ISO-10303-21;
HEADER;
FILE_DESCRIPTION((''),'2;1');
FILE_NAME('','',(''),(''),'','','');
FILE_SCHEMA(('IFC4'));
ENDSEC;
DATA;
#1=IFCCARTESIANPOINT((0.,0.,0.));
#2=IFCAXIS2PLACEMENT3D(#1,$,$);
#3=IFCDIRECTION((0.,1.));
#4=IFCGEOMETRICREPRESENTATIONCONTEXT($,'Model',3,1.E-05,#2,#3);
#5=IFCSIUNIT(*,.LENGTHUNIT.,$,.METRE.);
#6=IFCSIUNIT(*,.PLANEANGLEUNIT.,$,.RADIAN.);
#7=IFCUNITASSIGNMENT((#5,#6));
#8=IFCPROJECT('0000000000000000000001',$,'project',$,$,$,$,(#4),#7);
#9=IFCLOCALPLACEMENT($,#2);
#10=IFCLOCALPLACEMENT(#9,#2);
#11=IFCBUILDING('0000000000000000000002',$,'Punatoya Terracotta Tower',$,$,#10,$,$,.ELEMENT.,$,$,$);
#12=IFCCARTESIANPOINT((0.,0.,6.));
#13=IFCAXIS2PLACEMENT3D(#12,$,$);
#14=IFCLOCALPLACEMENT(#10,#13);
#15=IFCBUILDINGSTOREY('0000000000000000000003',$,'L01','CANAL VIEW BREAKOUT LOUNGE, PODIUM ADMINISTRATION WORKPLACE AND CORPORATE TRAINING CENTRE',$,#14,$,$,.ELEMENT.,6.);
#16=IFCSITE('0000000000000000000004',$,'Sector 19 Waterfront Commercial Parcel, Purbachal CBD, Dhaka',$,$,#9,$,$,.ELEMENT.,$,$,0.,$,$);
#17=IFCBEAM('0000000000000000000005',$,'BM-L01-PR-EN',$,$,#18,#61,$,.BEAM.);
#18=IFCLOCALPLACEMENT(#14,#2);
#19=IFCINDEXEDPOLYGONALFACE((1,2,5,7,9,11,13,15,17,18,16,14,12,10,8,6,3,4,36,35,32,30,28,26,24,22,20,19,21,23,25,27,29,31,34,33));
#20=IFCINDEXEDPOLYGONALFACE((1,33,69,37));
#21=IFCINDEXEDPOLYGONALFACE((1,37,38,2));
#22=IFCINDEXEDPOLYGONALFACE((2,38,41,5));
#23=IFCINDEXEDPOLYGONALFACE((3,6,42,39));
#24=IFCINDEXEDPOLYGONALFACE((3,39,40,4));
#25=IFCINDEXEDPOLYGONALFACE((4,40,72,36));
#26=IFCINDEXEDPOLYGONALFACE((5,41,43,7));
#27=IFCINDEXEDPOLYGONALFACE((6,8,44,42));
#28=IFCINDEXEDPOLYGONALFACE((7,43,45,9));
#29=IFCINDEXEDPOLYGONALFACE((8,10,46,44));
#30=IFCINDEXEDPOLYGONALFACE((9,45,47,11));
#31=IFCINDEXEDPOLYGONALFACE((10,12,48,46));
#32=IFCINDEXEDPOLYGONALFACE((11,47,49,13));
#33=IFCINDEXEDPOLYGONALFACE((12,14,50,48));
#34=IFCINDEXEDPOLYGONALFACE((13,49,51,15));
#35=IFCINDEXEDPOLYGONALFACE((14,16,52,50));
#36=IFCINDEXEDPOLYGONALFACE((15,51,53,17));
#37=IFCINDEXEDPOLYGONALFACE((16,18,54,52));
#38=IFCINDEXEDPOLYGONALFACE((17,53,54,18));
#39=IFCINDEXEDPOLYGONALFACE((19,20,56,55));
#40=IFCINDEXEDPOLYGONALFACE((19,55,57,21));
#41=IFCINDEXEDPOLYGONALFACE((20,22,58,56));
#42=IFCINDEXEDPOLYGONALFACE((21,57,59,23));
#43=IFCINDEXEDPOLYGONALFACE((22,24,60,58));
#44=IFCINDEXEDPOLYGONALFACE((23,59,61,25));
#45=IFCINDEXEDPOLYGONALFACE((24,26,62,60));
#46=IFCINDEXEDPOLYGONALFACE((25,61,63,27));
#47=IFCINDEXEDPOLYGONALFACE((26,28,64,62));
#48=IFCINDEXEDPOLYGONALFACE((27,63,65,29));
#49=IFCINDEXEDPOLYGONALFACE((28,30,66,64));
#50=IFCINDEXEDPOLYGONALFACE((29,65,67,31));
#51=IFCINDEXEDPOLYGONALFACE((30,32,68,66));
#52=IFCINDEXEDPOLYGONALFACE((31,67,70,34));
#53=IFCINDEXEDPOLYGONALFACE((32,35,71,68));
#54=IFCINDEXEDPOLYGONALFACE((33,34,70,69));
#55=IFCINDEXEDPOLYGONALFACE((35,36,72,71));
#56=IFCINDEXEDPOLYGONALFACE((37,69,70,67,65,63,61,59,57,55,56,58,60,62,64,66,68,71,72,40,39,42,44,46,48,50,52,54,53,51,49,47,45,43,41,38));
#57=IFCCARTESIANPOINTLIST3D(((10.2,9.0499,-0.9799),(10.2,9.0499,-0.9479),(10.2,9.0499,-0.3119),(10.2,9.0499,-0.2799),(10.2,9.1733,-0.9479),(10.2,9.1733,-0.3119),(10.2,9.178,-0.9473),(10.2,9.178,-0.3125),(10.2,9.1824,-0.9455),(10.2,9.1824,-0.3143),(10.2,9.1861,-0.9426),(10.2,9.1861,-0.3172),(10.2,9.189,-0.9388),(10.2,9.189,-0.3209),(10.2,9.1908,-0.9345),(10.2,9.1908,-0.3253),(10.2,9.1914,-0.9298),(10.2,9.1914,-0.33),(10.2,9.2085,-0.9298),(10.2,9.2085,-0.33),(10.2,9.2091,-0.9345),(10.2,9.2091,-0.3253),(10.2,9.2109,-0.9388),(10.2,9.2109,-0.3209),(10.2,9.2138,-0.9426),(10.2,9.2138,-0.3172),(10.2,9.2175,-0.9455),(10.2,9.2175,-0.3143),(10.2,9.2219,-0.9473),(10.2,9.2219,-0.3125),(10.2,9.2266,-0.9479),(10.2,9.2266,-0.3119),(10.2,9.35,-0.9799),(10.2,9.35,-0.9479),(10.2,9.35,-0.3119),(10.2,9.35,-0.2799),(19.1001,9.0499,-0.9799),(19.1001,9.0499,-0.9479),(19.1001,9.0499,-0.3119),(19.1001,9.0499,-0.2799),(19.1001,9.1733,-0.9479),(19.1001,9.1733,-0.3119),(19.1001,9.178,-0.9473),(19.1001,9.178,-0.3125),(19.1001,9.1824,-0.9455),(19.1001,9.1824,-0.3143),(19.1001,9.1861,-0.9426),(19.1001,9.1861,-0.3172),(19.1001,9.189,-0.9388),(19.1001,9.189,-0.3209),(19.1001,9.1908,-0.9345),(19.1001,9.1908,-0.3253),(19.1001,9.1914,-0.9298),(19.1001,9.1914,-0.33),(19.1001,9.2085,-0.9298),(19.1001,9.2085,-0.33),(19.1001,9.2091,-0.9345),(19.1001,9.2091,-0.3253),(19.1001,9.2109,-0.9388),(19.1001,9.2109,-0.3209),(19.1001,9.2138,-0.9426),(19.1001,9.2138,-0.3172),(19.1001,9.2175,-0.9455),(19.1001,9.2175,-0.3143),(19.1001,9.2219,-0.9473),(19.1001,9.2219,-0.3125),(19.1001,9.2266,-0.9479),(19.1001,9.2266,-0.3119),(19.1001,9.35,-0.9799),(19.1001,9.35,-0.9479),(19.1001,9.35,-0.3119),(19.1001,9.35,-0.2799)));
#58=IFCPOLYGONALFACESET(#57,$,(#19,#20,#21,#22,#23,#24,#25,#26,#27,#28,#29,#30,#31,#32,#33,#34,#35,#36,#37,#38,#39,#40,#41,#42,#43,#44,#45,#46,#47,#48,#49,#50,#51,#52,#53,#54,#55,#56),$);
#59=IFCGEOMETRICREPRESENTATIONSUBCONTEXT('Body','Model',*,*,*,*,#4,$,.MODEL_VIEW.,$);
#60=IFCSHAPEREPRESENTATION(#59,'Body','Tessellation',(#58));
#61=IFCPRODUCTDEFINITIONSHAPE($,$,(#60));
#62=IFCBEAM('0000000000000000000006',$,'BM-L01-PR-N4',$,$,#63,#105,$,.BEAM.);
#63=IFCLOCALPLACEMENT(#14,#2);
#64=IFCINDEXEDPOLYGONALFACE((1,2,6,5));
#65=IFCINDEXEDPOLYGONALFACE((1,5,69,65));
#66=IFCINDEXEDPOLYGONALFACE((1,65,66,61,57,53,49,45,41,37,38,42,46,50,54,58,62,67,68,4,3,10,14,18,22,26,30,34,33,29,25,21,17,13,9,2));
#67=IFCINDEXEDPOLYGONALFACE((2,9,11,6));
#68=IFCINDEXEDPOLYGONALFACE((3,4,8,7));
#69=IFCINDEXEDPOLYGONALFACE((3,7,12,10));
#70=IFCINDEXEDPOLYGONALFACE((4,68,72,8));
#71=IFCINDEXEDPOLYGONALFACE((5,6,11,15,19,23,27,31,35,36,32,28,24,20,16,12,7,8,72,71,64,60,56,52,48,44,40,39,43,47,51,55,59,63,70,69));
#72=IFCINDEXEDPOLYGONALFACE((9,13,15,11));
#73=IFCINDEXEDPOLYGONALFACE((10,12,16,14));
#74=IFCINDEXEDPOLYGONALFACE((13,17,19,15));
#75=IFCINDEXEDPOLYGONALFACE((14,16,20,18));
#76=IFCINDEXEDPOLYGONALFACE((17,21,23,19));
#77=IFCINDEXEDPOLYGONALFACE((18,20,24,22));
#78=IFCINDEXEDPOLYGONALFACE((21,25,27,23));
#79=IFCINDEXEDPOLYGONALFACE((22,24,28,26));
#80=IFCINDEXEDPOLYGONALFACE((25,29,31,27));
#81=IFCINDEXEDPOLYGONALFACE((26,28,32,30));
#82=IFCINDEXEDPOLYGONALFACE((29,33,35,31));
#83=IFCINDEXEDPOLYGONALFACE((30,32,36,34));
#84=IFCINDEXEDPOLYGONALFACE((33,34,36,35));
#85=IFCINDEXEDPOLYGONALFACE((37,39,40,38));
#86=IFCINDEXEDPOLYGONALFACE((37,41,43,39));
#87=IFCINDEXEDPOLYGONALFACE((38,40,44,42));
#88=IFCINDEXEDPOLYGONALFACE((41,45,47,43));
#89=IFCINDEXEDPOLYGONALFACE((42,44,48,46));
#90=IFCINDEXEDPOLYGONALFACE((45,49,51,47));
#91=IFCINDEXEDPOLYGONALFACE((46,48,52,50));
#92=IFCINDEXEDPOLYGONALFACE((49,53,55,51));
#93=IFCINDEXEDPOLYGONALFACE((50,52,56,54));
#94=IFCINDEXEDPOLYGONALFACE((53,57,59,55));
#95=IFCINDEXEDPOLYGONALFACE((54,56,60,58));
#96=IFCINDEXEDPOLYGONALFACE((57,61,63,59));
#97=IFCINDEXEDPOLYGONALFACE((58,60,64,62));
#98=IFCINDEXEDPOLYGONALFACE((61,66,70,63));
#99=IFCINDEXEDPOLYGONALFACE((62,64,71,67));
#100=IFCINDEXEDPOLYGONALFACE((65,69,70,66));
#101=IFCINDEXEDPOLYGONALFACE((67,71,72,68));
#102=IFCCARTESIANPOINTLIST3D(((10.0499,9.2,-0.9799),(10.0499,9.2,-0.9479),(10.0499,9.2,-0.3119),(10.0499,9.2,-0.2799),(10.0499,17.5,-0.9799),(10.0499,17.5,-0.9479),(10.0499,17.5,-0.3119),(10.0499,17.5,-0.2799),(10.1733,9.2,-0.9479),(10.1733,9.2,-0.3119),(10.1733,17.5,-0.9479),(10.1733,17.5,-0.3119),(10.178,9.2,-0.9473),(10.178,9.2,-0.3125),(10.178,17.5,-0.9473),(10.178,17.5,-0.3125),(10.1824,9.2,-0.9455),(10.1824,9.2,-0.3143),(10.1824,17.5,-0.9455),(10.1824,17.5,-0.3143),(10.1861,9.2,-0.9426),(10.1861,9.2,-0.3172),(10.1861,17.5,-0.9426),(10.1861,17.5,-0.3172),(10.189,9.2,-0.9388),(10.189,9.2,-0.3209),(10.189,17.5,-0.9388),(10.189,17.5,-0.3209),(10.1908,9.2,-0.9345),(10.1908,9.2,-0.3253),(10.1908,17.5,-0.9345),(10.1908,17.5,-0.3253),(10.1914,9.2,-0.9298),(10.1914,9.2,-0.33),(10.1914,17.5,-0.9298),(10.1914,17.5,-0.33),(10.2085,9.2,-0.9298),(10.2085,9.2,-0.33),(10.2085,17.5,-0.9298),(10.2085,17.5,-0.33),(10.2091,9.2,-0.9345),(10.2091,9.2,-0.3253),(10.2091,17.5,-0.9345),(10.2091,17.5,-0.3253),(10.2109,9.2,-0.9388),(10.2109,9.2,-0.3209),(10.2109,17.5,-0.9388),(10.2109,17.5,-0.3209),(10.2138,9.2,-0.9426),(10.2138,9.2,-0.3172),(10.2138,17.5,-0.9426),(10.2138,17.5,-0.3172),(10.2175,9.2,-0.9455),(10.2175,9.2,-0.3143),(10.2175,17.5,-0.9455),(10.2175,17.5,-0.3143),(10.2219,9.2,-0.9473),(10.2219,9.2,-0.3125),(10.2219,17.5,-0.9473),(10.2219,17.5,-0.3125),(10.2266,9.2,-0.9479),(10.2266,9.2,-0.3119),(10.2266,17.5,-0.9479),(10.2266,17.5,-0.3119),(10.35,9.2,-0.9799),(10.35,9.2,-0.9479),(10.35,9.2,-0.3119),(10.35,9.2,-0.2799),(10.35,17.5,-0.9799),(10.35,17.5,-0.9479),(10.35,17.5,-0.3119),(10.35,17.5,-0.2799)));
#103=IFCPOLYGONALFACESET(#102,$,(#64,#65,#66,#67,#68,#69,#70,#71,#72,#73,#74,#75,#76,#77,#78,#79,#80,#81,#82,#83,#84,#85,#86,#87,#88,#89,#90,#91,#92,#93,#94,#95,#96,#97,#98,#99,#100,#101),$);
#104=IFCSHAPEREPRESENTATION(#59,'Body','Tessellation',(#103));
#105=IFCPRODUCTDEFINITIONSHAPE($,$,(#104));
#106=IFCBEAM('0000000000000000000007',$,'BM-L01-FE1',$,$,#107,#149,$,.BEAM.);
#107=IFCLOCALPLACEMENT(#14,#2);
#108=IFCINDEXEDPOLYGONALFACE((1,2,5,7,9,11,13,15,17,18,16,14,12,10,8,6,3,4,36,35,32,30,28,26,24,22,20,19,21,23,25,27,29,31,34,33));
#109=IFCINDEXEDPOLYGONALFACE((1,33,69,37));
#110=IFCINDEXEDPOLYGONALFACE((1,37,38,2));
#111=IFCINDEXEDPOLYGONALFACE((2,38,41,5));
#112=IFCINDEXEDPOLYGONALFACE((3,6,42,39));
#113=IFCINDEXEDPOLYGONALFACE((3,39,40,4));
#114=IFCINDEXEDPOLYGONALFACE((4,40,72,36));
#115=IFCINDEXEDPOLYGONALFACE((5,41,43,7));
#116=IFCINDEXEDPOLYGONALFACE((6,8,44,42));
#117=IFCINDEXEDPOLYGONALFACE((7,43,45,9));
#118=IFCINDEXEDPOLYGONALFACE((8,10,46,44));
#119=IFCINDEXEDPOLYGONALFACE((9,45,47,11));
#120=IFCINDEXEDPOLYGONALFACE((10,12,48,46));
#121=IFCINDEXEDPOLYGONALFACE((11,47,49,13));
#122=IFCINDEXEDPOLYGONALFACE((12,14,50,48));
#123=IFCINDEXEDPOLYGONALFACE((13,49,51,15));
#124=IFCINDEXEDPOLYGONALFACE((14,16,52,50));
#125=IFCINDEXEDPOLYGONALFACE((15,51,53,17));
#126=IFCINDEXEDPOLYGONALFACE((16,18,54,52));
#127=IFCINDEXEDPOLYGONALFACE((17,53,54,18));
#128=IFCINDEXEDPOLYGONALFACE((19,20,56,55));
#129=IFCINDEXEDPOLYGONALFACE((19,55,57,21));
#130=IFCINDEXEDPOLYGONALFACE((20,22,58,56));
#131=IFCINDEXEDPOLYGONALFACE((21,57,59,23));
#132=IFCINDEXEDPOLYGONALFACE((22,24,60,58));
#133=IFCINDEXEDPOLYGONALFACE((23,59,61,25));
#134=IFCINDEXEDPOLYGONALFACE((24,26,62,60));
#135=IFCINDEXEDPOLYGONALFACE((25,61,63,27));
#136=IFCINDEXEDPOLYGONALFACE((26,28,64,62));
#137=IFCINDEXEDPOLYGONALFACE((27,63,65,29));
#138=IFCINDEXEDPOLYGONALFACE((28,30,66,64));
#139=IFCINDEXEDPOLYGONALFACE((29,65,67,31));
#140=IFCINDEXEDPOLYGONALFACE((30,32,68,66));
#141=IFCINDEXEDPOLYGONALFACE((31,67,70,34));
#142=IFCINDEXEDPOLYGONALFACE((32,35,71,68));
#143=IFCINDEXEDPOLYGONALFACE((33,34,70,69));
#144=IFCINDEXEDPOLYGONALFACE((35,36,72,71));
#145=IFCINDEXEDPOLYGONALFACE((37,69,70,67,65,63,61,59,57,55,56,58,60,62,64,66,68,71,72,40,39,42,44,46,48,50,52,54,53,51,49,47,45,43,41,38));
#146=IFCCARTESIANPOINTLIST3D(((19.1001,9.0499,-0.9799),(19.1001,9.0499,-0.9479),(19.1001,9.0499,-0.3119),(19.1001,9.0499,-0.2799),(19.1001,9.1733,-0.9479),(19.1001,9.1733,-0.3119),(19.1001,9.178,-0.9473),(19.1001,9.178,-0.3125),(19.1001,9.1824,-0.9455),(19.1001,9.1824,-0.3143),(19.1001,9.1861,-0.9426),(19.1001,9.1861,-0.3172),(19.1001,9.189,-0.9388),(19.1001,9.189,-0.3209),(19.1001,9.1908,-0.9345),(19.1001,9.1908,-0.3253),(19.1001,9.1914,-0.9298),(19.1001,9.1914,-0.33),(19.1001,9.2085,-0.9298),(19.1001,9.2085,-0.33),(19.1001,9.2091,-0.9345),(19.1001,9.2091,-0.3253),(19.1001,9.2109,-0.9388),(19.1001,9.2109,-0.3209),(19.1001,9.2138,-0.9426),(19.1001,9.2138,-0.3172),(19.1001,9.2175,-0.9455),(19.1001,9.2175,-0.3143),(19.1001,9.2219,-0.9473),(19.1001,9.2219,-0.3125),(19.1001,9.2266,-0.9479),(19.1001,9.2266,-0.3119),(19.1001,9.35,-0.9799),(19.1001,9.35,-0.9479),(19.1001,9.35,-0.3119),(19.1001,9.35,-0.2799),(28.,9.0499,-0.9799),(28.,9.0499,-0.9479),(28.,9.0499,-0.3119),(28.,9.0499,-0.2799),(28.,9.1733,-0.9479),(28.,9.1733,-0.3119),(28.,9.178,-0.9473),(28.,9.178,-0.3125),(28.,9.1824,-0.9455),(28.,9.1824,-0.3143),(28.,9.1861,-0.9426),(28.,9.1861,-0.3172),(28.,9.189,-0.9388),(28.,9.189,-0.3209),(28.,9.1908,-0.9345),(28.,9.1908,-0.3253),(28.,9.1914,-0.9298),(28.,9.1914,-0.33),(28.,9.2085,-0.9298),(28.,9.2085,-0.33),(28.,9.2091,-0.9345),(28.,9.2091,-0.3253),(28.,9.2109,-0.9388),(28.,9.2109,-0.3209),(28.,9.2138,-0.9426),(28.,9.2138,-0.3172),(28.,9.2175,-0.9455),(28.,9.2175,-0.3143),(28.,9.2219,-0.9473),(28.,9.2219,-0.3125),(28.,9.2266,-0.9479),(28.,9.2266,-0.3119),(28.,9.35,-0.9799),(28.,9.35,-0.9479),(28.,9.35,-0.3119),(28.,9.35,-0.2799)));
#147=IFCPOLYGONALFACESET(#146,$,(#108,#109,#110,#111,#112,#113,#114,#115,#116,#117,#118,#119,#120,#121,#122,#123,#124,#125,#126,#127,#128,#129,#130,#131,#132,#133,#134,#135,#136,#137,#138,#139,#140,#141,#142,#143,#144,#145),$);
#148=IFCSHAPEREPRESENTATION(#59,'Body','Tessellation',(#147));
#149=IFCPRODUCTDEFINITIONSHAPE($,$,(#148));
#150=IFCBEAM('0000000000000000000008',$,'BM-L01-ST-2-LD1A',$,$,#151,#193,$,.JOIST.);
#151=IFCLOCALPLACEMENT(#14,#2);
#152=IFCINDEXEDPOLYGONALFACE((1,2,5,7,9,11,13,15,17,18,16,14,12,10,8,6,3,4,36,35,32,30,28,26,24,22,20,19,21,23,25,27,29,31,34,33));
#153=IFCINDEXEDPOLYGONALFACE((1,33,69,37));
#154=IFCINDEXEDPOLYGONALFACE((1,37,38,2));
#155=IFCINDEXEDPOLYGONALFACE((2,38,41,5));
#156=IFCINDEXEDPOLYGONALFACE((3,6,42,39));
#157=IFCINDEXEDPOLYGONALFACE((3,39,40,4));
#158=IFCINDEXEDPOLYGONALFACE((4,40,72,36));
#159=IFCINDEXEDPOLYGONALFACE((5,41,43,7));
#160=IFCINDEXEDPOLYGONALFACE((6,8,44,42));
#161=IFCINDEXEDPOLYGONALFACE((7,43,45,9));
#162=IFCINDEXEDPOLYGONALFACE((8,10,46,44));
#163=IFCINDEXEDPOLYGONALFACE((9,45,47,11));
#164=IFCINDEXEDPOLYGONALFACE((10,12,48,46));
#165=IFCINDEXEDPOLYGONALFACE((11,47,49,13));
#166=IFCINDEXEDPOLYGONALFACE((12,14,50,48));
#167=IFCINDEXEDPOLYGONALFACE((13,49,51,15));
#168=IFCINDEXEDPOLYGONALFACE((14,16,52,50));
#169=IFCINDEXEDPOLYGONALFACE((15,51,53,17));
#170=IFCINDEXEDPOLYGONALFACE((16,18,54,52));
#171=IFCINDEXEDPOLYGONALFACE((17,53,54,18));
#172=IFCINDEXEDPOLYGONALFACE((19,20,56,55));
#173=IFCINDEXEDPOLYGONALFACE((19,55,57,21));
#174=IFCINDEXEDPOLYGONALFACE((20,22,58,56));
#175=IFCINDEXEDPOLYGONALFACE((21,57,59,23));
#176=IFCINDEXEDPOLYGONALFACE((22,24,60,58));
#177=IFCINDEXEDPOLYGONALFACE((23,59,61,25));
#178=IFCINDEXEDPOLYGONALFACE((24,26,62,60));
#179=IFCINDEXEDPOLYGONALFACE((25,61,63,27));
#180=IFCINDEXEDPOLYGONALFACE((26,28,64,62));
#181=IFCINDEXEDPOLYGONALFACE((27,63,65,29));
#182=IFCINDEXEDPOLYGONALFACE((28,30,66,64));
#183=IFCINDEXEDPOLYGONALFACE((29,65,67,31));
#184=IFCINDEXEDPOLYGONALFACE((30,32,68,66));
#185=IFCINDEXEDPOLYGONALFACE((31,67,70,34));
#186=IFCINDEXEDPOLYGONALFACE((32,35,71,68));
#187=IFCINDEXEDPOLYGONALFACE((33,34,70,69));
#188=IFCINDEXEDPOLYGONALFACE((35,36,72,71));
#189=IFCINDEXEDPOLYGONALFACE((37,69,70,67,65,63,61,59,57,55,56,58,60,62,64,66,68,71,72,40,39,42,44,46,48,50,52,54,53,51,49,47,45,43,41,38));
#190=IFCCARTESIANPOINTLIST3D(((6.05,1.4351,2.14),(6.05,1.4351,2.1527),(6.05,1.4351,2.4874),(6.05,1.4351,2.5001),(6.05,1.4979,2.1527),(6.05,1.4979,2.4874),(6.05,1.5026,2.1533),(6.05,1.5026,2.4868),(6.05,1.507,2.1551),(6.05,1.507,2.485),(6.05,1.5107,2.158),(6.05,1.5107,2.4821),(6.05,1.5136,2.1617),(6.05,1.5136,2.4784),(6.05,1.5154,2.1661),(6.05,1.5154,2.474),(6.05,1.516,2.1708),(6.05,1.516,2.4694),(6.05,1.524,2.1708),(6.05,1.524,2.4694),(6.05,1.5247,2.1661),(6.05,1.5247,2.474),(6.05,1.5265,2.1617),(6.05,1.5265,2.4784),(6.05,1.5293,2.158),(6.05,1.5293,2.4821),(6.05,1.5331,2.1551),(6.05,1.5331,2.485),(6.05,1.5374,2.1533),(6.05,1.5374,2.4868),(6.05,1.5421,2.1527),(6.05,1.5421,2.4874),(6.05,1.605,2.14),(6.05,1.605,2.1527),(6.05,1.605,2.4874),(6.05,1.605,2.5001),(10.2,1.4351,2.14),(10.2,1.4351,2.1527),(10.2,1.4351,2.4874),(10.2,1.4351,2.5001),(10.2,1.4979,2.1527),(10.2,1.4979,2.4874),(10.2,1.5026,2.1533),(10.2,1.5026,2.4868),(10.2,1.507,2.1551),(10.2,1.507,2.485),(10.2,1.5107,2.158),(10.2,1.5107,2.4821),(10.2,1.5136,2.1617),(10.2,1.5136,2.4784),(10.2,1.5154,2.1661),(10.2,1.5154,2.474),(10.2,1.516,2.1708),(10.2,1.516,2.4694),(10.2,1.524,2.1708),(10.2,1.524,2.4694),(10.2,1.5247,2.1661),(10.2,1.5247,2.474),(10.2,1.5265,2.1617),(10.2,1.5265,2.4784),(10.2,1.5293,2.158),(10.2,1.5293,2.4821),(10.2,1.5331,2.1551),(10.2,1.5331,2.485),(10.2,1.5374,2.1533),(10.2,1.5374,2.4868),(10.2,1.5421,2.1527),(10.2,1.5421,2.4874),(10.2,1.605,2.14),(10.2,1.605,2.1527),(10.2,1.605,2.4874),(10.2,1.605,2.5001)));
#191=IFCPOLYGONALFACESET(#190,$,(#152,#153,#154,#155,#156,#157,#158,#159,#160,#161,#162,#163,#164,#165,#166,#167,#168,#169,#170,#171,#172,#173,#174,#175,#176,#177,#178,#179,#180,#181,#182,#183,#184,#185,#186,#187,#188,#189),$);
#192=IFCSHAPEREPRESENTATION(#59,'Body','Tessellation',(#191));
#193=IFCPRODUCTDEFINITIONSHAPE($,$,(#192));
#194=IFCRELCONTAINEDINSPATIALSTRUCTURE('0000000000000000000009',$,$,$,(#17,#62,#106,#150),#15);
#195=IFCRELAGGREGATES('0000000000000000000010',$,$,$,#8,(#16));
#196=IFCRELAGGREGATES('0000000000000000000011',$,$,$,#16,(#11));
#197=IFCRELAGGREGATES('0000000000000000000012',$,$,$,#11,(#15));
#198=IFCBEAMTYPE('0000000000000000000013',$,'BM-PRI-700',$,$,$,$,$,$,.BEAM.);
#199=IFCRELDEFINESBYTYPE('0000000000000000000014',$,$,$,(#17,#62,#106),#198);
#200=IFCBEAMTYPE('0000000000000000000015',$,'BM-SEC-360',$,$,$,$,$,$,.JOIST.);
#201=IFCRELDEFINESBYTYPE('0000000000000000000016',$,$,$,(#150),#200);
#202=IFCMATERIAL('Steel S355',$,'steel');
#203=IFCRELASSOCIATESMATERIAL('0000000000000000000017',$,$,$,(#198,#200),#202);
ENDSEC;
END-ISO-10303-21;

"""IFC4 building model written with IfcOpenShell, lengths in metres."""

from ifc_helpers import new_model, si_unit, direction, frame, origin, origin_2d, place, context, subcontext, project, spatial, i_section, extrude, material, material_profile, profile_set, type_object, element, save


model = new_model("IFC4")

# Units and contexts
model_context = context("Model", 3, precision=1e-05, world=origin(), true_north=direction((0.0, 1.0)))
body_context = subcontext(model_context, "Body", "Model", "MODEL_VIEW")
ifc_project = project(units=[si_unit("LENGTHUNIT", "METRE"), si_unit("PLANEANGLEUNIT", "RADIAN")], contexts=[model_context])

# Site, building, storey
site_placement = place(None, origin())
site = spatial("IfcSite", under=ifc_project, at=site_placement, Name="Sector 19 Waterfront Commercial Parcel, Purbachal CBD, Dhaka", CompositionType="ELEMENT", RefElevation=0.0)
building_placement = place(site_placement, origin())
building = spatial("IfcBuilding", under=site, at=building_placement, Name="Punatoya Terracotta Tower", CompositionType="ELEMENT")
storey_placement = place(building_placement, frame((0.0, 0.0, 6.0)))
storey = spatial("IfcBuildingStorey", under=building, at=storey_placement, Name="L01", Description="CANAL VIEW BREAKOUT LOUNGE, PODIUM ADMINISTRATION WORKPLACE AND CORPORATE TRAINING CENTRE", CompositionType="ELEMENT", Elevation=6.0)

# Beams
ifc_material_1 = material(Name="Steel S355", Category="steel")
ifc_material_profile_1 = material_profile(ifc_material_1, i_section(OverallWidth=0.3, OverallDepth=0.7, WebThickness=0.0171, FlangeThickness=0.032, FilletRadius=0.0181, at=origin_2d()))
ifc_profile_set_1 = profile_set([ifc_material_profile_1], Name="Steel S355")
beam_type_1 = type_object("IfcBeamType", Name="BM-PRI-700", PredefinedType="BEAM", material=ifc_profile_set_1)
for number, where, z_axis, x_axis, name in (
    (1, (10.2, 9.2, -0.6299), (1.0, 0.0, 0.0), (0.0, 1.0, 0.0), "BM-L01-PR-EN"),
):
    element("IfcBeam", number, at=place(storey_placement, frame(where, z_axis=z_axis, x_axis=x_axis)), inside=storey, type_object=beam_type_1, Name=name, PredefinedType="BEAM", context=body_context, shape_type="SweptSolid", body=[
        extrude(i_section(OverallWidth=0.3, OverallDepth=0.7, WebThickness=0.0171, FlangeThickness=0.032, FilletRadius=0.0181, at=origin_2d()), origin(), (0.0, 0.0, 1.0), 8.9001),
    ])
beam_1_placement = place(storey_placement, frame((10.2, 9.2, -0.6299), z_axis=(0.0, 1.0, 0.0), x_axis=(-1.0, 0.0, 0.0)))
element("IfcBeam", 2, at=beam_1_placement, inside=storey, type_object=beam_type_1, Name="BM-L01-PR-N4", PredefinedType="BEAM", context=body_context, shape_type="SweptSolid", body=[
    extrude(i_section(OverallWidth=0.3, OverallDepth=0.7, WebThickness=0.0171, FlangeThickness=0.032, FilletRadius=0.0181, at=origin_2d()), origin(), (0.0, 0.0, 1.0), 8.3),
])
beam_2_placement = place(storey_placement, frame((19.1001, 9.2, -0.6299), z_axis=(1.0, 0.0, 0.0), x_axis=(0.0, 1.0, 0.0)))
element("IfcBeam", 3, at=beam_2_placement, inside=storey, type_object=beam_type_1, Name="BM-L01-FE1", PredefinedType="BEAM", context=body_context, shape_type="SweptSolid", body=[
    extrude(i_section(OverallWidth=0.3, OverallDepth=0.7, WebThickness=0.0171, FlangeThickness=0.032, FilletRadius=0.0181, at=origin_2d()), origin(), (0.0, 0.0, 1.0), 8.8999),
])
ifc_material_profile_2 = material_profile(ifc_material_1, i_section(OverallWidth=0.1699, OverallDepth=0.3601, WebThickness=0.0081, FlangeThickness=0.0127, FilletRadius=0.0181, at=origin_2d()))
ifc_profile_set_2 = profile_set([ifc_material_profile_2], Name="Steel S355")
beam_type_2 = type_object("IfcBeamType", Name="BM-SEC-360", PredefinedType="JOIST", material=ifc_profile_set_2)
for number, where, z_axis, x_axis, name in (
    (4, (6.05, 1.52, 2.3201), (1.0, 0.0, 0.0), (0.0, 1.0, 0.0), "BM-L01-ST-2-LD1A"),
):
    element("IfcBeam", number, at=place(storey_placement, frame(where, z_axis=z_axis, x_axis=x_axis)), inside=storey, type_object=beam_type_2, Name=name, PredefinedType="JOIST", context=body_context, shape_type="SweptSolid", body=[
        extrude(i_section(OverallWidth=0.1699, OverallDepth=0.3601, WebThickness=0.0081, FlangeThickness=0.0127, FilletRadius=0.0181, at=origin_2d()), origin(), (0.0, 0.0, 1.0), 4.1499),
    ])

save(model, "model.ifc")
